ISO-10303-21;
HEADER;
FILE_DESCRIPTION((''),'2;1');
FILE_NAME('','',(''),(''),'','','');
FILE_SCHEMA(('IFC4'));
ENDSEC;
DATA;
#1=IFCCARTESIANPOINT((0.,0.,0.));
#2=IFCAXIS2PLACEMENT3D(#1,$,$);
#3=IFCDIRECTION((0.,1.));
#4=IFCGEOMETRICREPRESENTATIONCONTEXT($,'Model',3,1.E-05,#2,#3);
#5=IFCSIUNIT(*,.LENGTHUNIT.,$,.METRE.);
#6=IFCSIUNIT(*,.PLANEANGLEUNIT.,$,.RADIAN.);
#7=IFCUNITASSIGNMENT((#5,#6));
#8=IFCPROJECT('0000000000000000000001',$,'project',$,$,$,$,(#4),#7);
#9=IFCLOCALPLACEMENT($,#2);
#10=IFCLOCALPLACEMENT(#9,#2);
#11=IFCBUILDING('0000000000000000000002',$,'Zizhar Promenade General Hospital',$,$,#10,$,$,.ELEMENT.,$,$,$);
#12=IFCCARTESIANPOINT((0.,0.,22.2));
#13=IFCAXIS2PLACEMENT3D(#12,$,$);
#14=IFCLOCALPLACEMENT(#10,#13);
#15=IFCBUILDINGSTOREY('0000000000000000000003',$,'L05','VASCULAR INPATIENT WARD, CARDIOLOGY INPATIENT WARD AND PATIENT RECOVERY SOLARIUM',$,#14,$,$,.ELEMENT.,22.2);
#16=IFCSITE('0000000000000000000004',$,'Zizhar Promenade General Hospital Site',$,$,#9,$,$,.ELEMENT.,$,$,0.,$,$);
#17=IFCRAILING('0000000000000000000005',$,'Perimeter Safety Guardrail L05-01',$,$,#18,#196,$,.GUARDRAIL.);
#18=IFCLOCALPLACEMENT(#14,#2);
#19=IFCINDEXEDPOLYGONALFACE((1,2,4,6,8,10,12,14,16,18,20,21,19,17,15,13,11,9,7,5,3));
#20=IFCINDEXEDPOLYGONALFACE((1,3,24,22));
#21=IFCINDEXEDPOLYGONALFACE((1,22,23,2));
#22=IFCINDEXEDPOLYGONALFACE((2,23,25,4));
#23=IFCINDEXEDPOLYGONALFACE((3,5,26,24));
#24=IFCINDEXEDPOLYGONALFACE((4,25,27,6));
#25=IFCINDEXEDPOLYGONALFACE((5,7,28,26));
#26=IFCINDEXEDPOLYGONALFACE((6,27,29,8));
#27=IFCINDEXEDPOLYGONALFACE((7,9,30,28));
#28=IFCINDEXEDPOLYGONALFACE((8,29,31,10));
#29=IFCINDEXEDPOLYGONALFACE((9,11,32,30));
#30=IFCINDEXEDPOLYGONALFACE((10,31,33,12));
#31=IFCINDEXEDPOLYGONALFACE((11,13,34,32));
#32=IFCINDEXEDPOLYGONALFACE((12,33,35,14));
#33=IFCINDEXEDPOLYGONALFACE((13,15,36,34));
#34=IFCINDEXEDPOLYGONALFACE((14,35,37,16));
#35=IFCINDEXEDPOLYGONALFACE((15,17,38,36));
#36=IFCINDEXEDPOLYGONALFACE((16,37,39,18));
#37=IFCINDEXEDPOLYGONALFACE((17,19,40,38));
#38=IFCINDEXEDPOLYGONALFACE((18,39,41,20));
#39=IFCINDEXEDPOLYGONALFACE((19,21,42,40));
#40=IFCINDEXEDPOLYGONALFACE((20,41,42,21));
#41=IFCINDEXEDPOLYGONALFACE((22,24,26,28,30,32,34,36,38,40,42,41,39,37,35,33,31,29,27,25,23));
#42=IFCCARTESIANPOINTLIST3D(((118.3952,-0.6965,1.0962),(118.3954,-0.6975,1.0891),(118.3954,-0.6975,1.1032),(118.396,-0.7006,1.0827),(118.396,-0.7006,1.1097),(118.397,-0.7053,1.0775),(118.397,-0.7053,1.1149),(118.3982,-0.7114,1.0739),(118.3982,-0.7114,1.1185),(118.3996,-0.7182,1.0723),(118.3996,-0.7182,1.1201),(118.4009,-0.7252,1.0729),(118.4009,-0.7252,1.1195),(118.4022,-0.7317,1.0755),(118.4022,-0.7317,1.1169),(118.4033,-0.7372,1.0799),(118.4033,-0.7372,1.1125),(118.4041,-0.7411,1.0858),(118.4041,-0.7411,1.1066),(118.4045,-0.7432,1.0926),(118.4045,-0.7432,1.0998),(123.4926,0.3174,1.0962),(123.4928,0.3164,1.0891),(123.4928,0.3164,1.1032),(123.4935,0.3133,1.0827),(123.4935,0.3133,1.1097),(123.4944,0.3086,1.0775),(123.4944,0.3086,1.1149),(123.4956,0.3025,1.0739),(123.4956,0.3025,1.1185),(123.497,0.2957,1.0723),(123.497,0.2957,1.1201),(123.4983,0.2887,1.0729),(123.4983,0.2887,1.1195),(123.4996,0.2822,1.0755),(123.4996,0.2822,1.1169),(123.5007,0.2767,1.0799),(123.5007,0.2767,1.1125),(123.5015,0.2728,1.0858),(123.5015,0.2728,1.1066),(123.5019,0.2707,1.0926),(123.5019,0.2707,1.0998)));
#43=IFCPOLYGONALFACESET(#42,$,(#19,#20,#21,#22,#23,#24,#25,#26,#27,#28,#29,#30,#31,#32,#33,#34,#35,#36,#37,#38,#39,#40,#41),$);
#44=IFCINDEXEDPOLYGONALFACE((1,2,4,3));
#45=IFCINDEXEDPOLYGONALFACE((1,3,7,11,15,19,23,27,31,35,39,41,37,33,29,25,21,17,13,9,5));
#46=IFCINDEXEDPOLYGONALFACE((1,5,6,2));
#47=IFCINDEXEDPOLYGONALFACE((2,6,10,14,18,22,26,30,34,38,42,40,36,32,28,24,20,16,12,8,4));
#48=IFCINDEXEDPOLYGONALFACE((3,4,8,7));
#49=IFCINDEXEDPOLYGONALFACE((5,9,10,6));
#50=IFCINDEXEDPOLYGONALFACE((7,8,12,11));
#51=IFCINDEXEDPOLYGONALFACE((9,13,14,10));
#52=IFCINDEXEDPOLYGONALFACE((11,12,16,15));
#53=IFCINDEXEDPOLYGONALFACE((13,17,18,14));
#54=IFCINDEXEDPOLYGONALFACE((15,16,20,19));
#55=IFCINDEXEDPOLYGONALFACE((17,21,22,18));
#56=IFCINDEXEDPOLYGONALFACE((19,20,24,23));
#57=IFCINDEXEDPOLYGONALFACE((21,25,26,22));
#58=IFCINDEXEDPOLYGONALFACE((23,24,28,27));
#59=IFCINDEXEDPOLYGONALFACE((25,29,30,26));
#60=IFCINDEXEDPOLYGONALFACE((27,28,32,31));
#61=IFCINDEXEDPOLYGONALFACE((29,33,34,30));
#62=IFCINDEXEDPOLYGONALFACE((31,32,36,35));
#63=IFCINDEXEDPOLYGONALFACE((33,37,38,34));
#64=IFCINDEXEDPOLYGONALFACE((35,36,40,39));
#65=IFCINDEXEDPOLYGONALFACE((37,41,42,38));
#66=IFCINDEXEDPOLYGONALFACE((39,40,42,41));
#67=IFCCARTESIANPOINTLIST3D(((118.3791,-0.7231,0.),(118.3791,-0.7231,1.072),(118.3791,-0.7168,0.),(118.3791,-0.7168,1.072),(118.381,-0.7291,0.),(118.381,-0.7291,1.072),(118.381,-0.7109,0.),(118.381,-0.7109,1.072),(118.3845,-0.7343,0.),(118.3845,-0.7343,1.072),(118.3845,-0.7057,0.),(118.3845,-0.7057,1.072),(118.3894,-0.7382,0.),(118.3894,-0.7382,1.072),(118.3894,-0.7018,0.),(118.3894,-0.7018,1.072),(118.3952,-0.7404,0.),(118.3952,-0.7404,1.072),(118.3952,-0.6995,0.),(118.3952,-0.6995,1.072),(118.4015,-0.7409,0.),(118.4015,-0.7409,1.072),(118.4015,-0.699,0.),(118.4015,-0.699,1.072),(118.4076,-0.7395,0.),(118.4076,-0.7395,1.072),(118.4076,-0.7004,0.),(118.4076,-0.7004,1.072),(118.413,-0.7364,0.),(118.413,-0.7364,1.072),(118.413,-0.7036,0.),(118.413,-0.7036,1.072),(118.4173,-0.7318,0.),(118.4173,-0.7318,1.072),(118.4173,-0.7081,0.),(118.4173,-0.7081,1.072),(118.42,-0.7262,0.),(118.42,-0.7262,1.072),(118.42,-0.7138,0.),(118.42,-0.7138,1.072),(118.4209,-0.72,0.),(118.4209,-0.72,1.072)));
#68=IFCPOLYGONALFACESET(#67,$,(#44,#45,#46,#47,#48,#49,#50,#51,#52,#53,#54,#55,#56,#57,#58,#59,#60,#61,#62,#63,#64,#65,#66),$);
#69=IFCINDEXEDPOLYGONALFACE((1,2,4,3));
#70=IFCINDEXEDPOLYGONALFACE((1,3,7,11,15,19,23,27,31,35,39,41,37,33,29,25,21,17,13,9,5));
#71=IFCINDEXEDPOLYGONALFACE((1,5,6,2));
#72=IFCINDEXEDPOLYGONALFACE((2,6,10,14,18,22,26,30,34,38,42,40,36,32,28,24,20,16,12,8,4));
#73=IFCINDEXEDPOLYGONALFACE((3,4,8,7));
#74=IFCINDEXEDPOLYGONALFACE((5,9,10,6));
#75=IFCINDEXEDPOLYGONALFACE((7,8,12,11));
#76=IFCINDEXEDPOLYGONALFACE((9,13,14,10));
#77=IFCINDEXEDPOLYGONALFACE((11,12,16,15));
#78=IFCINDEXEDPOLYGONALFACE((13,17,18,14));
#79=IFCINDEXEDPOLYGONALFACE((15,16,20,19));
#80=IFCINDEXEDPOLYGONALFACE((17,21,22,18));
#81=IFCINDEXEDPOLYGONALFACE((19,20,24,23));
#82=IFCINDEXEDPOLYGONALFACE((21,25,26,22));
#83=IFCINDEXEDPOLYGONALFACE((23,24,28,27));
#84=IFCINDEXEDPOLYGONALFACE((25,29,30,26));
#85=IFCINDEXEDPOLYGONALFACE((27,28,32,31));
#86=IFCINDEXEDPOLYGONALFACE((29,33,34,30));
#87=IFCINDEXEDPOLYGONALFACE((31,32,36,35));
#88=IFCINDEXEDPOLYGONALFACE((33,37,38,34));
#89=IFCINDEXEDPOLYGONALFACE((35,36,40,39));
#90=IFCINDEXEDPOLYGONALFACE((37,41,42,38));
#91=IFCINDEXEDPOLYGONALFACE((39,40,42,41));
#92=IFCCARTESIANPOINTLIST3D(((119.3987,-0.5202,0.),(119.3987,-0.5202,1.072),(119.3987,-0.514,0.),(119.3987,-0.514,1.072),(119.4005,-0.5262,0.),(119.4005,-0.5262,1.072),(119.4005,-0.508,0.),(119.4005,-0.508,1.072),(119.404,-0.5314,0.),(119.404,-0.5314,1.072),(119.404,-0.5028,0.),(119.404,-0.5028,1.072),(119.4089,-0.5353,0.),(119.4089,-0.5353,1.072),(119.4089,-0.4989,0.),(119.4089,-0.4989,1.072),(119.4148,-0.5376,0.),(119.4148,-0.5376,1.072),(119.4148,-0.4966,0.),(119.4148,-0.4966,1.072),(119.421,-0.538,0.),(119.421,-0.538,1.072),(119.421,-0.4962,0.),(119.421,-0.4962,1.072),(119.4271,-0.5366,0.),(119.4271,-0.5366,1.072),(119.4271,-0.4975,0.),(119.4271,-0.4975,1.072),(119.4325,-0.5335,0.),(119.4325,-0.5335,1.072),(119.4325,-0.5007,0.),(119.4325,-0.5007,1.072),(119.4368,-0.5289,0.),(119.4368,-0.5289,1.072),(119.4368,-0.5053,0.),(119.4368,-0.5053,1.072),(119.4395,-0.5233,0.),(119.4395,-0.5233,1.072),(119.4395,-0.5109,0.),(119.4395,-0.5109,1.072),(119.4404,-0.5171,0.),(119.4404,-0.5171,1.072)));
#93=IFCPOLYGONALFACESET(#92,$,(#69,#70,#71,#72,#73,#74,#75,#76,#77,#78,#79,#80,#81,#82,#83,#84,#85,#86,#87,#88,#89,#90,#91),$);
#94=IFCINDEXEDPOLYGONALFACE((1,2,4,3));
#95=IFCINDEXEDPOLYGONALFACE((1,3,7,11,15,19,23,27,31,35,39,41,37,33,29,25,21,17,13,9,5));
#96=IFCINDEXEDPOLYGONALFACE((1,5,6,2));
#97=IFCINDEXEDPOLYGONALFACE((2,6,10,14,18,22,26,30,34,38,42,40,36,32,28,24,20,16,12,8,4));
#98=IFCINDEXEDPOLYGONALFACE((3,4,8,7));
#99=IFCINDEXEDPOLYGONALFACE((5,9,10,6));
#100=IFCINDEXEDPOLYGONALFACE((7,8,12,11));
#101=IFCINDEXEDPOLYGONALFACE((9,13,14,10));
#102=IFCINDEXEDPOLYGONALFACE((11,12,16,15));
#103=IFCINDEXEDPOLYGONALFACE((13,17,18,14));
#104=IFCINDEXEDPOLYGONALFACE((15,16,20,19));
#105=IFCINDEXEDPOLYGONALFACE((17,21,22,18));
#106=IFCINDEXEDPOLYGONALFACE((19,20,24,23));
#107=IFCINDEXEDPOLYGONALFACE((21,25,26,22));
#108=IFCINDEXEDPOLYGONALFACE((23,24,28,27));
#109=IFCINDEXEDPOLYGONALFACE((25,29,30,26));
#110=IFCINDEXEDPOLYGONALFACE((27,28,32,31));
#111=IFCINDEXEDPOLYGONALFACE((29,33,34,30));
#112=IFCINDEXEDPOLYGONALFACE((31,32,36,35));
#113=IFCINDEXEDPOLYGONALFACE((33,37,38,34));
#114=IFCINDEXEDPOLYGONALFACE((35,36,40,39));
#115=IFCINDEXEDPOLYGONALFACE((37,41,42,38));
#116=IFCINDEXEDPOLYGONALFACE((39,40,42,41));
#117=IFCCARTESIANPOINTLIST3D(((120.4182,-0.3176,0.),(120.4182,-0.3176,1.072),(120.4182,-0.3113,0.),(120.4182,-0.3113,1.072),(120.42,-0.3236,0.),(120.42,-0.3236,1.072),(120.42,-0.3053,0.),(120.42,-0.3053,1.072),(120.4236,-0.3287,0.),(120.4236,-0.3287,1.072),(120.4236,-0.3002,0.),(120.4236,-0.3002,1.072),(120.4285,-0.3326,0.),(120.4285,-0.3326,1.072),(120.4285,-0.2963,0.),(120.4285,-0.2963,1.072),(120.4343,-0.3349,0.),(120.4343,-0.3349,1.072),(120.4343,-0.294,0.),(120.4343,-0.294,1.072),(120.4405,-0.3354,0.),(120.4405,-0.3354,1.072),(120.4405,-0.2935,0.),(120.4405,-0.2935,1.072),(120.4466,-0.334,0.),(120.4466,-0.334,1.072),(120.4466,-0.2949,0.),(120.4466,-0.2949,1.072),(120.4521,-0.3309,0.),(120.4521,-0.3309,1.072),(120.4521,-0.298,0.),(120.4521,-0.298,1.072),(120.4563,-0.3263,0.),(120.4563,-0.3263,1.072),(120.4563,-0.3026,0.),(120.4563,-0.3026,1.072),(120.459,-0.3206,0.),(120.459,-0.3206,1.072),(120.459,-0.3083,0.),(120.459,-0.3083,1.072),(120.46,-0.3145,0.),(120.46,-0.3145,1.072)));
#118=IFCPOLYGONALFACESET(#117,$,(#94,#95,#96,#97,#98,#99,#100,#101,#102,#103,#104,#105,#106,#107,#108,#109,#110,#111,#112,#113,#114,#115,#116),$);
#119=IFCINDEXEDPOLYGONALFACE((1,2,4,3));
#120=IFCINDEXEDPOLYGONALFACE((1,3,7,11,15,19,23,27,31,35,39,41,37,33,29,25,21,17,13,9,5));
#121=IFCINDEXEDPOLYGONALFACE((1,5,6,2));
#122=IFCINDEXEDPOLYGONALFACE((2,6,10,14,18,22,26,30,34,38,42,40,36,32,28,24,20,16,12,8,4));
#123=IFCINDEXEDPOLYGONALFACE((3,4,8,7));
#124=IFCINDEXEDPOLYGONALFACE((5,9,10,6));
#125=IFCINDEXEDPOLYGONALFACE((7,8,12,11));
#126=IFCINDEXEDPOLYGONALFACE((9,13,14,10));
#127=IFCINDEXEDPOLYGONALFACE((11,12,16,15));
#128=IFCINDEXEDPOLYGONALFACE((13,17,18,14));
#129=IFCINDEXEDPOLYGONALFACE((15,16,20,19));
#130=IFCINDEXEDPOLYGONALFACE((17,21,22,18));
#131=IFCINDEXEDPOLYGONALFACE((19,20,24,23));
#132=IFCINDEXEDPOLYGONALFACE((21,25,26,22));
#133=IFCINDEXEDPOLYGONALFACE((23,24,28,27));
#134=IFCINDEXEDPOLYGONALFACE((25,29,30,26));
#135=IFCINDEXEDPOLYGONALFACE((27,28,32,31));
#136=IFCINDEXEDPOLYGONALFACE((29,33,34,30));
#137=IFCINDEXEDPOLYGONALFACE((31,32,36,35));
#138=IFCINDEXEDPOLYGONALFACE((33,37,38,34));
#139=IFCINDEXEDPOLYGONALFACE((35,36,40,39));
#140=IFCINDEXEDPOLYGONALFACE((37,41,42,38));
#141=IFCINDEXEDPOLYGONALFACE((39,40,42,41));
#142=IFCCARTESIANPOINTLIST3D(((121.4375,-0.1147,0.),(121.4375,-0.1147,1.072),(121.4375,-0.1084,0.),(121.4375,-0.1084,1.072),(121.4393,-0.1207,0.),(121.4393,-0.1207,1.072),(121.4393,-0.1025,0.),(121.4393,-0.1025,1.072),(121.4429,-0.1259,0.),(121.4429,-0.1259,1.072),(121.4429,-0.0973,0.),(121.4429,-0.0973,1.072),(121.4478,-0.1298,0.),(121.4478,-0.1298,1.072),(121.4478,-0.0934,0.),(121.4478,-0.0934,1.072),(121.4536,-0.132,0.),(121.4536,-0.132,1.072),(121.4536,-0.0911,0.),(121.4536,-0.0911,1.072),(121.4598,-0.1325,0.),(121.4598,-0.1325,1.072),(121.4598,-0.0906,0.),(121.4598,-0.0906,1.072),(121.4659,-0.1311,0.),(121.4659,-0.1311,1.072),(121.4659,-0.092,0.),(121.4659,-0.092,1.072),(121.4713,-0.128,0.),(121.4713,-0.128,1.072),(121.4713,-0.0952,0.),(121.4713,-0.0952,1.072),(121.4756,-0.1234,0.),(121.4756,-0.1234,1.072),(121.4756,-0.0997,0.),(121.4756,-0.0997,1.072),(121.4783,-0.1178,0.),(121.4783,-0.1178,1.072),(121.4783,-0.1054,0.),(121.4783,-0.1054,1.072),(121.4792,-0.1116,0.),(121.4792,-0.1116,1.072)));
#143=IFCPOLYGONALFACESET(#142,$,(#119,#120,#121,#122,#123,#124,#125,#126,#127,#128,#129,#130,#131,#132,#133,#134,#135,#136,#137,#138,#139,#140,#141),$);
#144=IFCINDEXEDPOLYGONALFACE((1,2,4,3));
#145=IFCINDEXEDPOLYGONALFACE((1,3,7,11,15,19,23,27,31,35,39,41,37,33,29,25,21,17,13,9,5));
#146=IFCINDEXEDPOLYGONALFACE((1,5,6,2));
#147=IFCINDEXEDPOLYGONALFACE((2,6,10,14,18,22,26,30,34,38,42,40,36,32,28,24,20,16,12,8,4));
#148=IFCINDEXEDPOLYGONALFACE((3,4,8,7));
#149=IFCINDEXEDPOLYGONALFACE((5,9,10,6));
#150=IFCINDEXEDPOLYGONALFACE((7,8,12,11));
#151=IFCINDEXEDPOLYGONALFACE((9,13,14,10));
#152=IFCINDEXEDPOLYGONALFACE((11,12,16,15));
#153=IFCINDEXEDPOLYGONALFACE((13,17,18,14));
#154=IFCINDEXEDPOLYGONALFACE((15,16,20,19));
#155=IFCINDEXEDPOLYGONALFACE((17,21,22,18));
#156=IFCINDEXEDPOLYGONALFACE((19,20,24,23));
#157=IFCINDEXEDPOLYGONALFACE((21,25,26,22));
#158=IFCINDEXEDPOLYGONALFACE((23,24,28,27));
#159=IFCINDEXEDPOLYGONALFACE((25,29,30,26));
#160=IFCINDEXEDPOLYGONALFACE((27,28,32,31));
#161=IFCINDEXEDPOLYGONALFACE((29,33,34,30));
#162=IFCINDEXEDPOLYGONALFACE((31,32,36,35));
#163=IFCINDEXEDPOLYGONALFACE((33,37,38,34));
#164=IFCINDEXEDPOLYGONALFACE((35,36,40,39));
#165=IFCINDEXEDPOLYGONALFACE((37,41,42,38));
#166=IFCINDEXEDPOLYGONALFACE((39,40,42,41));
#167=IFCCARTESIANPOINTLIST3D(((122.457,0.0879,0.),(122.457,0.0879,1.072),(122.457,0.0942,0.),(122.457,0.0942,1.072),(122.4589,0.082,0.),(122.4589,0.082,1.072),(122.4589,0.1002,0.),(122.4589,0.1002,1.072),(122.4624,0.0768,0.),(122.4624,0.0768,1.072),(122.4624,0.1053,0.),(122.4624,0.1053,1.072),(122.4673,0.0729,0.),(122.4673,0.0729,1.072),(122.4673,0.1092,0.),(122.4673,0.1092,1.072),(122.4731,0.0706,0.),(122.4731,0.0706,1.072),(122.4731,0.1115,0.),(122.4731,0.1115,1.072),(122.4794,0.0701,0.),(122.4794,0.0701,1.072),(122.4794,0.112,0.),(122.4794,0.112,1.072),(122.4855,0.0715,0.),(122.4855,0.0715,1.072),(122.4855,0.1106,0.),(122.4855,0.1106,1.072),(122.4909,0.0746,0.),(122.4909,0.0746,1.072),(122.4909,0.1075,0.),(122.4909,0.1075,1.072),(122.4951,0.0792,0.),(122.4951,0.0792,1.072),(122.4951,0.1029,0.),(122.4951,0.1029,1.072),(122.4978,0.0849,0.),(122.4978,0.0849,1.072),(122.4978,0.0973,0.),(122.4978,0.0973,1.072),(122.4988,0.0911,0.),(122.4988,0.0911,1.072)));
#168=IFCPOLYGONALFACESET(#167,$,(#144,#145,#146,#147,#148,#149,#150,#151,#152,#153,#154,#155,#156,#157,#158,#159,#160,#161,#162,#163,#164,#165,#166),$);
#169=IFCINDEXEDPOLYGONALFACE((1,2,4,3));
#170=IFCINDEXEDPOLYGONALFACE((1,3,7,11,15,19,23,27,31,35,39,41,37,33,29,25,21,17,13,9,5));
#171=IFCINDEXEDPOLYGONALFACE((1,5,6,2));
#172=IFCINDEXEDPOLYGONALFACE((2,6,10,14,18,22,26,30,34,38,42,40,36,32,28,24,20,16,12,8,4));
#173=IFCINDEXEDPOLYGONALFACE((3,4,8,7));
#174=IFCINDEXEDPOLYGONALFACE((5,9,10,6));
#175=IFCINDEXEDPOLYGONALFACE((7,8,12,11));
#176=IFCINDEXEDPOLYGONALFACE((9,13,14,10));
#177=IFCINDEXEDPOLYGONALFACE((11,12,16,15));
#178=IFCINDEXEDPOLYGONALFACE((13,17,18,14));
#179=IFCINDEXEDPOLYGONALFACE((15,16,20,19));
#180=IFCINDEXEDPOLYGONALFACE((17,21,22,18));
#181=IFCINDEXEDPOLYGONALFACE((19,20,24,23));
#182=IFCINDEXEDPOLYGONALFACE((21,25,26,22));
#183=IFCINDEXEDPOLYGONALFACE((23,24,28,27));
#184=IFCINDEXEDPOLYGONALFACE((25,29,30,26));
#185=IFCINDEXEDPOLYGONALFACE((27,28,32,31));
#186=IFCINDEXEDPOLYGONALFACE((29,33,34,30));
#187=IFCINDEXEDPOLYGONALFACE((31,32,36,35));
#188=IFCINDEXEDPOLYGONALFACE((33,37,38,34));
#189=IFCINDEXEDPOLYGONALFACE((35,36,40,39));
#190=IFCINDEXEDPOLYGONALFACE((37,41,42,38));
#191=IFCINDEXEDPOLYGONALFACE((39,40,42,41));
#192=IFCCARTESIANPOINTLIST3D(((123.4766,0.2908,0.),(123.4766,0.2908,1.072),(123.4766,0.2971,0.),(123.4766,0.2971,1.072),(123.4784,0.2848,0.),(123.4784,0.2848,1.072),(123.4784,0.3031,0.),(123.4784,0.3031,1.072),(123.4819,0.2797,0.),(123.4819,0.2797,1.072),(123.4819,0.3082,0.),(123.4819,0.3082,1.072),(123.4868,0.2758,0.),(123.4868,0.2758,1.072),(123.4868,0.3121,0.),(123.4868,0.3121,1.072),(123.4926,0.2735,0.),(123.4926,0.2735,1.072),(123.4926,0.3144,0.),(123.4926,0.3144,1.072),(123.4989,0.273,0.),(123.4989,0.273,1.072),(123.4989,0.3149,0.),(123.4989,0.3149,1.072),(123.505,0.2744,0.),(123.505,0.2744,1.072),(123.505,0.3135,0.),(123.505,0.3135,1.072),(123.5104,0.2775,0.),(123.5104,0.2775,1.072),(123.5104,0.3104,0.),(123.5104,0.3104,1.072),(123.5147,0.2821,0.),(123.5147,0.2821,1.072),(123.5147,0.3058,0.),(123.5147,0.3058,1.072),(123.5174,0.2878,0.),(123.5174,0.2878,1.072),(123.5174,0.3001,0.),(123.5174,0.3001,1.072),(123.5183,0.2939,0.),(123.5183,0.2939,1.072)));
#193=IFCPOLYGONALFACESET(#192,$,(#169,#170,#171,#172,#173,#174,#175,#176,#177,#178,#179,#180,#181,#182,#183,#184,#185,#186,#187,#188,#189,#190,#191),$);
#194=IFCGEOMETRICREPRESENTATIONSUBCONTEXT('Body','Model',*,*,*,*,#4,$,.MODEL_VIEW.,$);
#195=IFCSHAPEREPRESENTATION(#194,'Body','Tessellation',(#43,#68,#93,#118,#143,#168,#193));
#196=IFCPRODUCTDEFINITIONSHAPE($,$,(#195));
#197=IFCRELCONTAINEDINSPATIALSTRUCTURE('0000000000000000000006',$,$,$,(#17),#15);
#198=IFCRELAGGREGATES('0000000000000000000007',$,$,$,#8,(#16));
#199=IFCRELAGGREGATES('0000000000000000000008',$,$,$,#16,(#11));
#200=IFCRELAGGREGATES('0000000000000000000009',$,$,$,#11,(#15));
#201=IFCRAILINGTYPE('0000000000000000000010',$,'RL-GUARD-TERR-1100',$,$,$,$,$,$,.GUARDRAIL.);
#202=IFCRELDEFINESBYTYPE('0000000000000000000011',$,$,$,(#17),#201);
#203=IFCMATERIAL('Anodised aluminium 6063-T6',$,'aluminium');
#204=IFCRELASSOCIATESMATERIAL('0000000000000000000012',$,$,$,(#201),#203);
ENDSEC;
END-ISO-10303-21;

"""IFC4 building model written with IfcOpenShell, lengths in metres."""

from ifc_helpers import new_model, si_unit, direction, frame, origin, origin_2d, place, context, subcontext, project, spatial, circle, hollow_circle, extrude, material, material_profile, profile_set, type_object, element, save


model = new_model("IFC4")

# Units and contexts
model_context = context("Model", 3, precision=1e-05, world=origin(), true_north=direction((0.0, 1.0)))
body_context = subcontext(model_context, "Body", "Model", "MODEL_VIEW")
ifc_project = project(units=[si_unit("LENGTHUNIT", "METRE"), si_unit("PLANEANGLEUNIT", "RADIAN")], contexts=[model_context])

# Site, building, storey
site_placement = place(None, origin())
site = spatial("IfcSite", under=ifc_project, at=site_placement, Name="Zizhar Promenade General Hospital Site", CompositionType="ELEMENT", RefElevation=0.0)
building_placement = place(site_placement, origin())
building = spatial("IfcBuilding", under=site, at=building_placement, Name="Zizhar Promenade General Hospital", CompositionType="ELEMENT")
storey_placement = place(building_placement, frame((0.0, 0.0, 22.2)))
storey = spatial("IfcBuildingStorey", under=building, at=storey_placement, Name="L05", Description="VASCULAR INPATIENT WARD, CARDIOLOGY INPATIENT WARD AND PATIENT RECOVERY SOLARIUM", CompositionType="ELEMENT", Elevation=22.2)

# Railing
ifc_material_1 = material(Name="Anodised aluminium 6063-T6", Category="aluminium")
ifc_material_profile_1 = material_profile(ifc_material_1, hollow_circle(Radius=0.0698, WallThickness=0.0063, at=origin_2d()))
ifc_profile_set_1 = profile_set([ifc_material_profile_1], Name="Anodised aluminium 6063-T6")
railing_type = type_object("IfcRailingType", Name="RL-GUARD-TERR-1100", PredefinedType="GUARDRAIL", material=ifc_profile_set_1)
railing_1_placement = place(storey_placement, frame((118.3999, -0.72, 0.0)))
element("IfcRailing", 1, at=railing_1_placement, inside=storey, type_object=railing_type, Name="Perimeter Safety Guardrail L05-01", PredefinedType="GUARDRAIL", context=body_context, shape_type="SweptSolid", body=[
    extrude(circle(Radius=0.0239, at=origin_2d()), frame((0.0, 0.0, 1.0962), z_axis=(0.980786, 0.195086, 0.0), x_axis=(-0.195086, 0.980786, 0.0)), (0.0, 0.0, 1.0), 5.1973),
    extrude(circle(Radius=0.021, at=origin_2d()), origin(), (0.0, 0.0, 1.0), 1.072),
    extrude(circle(Radius=0.021, at=origin_2d()), frame((1.0195, 0.2029, 0.0)), (0.0, 0.0, 1.0), 1.072),
    extrude(circle(Radius=0.021, at=origin_2d()), frame((2.0391, 0.4055, 0.0)), (0.0, 0.0, 1.0), 1.072),
    extrude(circle(Radius=0.021, at=origin_2d()), frame((3.0583, 0.6084, 0.0)), (0.0, 0.0, 1.0), 1.072),
    extrude(circle(Radius=0.021, at=origin_2d()), frame((4.0779, 0.811, 0.0)), (0.0, 0.0, 1.0), 1.072),
    extrude(circle(Radius=0.021, at=origin_2d()), frame((5.0974, 1.0139, 0.0)), (0.0, 0.0, 1.0), 1.072),
])

save(model, "model.ifc")
